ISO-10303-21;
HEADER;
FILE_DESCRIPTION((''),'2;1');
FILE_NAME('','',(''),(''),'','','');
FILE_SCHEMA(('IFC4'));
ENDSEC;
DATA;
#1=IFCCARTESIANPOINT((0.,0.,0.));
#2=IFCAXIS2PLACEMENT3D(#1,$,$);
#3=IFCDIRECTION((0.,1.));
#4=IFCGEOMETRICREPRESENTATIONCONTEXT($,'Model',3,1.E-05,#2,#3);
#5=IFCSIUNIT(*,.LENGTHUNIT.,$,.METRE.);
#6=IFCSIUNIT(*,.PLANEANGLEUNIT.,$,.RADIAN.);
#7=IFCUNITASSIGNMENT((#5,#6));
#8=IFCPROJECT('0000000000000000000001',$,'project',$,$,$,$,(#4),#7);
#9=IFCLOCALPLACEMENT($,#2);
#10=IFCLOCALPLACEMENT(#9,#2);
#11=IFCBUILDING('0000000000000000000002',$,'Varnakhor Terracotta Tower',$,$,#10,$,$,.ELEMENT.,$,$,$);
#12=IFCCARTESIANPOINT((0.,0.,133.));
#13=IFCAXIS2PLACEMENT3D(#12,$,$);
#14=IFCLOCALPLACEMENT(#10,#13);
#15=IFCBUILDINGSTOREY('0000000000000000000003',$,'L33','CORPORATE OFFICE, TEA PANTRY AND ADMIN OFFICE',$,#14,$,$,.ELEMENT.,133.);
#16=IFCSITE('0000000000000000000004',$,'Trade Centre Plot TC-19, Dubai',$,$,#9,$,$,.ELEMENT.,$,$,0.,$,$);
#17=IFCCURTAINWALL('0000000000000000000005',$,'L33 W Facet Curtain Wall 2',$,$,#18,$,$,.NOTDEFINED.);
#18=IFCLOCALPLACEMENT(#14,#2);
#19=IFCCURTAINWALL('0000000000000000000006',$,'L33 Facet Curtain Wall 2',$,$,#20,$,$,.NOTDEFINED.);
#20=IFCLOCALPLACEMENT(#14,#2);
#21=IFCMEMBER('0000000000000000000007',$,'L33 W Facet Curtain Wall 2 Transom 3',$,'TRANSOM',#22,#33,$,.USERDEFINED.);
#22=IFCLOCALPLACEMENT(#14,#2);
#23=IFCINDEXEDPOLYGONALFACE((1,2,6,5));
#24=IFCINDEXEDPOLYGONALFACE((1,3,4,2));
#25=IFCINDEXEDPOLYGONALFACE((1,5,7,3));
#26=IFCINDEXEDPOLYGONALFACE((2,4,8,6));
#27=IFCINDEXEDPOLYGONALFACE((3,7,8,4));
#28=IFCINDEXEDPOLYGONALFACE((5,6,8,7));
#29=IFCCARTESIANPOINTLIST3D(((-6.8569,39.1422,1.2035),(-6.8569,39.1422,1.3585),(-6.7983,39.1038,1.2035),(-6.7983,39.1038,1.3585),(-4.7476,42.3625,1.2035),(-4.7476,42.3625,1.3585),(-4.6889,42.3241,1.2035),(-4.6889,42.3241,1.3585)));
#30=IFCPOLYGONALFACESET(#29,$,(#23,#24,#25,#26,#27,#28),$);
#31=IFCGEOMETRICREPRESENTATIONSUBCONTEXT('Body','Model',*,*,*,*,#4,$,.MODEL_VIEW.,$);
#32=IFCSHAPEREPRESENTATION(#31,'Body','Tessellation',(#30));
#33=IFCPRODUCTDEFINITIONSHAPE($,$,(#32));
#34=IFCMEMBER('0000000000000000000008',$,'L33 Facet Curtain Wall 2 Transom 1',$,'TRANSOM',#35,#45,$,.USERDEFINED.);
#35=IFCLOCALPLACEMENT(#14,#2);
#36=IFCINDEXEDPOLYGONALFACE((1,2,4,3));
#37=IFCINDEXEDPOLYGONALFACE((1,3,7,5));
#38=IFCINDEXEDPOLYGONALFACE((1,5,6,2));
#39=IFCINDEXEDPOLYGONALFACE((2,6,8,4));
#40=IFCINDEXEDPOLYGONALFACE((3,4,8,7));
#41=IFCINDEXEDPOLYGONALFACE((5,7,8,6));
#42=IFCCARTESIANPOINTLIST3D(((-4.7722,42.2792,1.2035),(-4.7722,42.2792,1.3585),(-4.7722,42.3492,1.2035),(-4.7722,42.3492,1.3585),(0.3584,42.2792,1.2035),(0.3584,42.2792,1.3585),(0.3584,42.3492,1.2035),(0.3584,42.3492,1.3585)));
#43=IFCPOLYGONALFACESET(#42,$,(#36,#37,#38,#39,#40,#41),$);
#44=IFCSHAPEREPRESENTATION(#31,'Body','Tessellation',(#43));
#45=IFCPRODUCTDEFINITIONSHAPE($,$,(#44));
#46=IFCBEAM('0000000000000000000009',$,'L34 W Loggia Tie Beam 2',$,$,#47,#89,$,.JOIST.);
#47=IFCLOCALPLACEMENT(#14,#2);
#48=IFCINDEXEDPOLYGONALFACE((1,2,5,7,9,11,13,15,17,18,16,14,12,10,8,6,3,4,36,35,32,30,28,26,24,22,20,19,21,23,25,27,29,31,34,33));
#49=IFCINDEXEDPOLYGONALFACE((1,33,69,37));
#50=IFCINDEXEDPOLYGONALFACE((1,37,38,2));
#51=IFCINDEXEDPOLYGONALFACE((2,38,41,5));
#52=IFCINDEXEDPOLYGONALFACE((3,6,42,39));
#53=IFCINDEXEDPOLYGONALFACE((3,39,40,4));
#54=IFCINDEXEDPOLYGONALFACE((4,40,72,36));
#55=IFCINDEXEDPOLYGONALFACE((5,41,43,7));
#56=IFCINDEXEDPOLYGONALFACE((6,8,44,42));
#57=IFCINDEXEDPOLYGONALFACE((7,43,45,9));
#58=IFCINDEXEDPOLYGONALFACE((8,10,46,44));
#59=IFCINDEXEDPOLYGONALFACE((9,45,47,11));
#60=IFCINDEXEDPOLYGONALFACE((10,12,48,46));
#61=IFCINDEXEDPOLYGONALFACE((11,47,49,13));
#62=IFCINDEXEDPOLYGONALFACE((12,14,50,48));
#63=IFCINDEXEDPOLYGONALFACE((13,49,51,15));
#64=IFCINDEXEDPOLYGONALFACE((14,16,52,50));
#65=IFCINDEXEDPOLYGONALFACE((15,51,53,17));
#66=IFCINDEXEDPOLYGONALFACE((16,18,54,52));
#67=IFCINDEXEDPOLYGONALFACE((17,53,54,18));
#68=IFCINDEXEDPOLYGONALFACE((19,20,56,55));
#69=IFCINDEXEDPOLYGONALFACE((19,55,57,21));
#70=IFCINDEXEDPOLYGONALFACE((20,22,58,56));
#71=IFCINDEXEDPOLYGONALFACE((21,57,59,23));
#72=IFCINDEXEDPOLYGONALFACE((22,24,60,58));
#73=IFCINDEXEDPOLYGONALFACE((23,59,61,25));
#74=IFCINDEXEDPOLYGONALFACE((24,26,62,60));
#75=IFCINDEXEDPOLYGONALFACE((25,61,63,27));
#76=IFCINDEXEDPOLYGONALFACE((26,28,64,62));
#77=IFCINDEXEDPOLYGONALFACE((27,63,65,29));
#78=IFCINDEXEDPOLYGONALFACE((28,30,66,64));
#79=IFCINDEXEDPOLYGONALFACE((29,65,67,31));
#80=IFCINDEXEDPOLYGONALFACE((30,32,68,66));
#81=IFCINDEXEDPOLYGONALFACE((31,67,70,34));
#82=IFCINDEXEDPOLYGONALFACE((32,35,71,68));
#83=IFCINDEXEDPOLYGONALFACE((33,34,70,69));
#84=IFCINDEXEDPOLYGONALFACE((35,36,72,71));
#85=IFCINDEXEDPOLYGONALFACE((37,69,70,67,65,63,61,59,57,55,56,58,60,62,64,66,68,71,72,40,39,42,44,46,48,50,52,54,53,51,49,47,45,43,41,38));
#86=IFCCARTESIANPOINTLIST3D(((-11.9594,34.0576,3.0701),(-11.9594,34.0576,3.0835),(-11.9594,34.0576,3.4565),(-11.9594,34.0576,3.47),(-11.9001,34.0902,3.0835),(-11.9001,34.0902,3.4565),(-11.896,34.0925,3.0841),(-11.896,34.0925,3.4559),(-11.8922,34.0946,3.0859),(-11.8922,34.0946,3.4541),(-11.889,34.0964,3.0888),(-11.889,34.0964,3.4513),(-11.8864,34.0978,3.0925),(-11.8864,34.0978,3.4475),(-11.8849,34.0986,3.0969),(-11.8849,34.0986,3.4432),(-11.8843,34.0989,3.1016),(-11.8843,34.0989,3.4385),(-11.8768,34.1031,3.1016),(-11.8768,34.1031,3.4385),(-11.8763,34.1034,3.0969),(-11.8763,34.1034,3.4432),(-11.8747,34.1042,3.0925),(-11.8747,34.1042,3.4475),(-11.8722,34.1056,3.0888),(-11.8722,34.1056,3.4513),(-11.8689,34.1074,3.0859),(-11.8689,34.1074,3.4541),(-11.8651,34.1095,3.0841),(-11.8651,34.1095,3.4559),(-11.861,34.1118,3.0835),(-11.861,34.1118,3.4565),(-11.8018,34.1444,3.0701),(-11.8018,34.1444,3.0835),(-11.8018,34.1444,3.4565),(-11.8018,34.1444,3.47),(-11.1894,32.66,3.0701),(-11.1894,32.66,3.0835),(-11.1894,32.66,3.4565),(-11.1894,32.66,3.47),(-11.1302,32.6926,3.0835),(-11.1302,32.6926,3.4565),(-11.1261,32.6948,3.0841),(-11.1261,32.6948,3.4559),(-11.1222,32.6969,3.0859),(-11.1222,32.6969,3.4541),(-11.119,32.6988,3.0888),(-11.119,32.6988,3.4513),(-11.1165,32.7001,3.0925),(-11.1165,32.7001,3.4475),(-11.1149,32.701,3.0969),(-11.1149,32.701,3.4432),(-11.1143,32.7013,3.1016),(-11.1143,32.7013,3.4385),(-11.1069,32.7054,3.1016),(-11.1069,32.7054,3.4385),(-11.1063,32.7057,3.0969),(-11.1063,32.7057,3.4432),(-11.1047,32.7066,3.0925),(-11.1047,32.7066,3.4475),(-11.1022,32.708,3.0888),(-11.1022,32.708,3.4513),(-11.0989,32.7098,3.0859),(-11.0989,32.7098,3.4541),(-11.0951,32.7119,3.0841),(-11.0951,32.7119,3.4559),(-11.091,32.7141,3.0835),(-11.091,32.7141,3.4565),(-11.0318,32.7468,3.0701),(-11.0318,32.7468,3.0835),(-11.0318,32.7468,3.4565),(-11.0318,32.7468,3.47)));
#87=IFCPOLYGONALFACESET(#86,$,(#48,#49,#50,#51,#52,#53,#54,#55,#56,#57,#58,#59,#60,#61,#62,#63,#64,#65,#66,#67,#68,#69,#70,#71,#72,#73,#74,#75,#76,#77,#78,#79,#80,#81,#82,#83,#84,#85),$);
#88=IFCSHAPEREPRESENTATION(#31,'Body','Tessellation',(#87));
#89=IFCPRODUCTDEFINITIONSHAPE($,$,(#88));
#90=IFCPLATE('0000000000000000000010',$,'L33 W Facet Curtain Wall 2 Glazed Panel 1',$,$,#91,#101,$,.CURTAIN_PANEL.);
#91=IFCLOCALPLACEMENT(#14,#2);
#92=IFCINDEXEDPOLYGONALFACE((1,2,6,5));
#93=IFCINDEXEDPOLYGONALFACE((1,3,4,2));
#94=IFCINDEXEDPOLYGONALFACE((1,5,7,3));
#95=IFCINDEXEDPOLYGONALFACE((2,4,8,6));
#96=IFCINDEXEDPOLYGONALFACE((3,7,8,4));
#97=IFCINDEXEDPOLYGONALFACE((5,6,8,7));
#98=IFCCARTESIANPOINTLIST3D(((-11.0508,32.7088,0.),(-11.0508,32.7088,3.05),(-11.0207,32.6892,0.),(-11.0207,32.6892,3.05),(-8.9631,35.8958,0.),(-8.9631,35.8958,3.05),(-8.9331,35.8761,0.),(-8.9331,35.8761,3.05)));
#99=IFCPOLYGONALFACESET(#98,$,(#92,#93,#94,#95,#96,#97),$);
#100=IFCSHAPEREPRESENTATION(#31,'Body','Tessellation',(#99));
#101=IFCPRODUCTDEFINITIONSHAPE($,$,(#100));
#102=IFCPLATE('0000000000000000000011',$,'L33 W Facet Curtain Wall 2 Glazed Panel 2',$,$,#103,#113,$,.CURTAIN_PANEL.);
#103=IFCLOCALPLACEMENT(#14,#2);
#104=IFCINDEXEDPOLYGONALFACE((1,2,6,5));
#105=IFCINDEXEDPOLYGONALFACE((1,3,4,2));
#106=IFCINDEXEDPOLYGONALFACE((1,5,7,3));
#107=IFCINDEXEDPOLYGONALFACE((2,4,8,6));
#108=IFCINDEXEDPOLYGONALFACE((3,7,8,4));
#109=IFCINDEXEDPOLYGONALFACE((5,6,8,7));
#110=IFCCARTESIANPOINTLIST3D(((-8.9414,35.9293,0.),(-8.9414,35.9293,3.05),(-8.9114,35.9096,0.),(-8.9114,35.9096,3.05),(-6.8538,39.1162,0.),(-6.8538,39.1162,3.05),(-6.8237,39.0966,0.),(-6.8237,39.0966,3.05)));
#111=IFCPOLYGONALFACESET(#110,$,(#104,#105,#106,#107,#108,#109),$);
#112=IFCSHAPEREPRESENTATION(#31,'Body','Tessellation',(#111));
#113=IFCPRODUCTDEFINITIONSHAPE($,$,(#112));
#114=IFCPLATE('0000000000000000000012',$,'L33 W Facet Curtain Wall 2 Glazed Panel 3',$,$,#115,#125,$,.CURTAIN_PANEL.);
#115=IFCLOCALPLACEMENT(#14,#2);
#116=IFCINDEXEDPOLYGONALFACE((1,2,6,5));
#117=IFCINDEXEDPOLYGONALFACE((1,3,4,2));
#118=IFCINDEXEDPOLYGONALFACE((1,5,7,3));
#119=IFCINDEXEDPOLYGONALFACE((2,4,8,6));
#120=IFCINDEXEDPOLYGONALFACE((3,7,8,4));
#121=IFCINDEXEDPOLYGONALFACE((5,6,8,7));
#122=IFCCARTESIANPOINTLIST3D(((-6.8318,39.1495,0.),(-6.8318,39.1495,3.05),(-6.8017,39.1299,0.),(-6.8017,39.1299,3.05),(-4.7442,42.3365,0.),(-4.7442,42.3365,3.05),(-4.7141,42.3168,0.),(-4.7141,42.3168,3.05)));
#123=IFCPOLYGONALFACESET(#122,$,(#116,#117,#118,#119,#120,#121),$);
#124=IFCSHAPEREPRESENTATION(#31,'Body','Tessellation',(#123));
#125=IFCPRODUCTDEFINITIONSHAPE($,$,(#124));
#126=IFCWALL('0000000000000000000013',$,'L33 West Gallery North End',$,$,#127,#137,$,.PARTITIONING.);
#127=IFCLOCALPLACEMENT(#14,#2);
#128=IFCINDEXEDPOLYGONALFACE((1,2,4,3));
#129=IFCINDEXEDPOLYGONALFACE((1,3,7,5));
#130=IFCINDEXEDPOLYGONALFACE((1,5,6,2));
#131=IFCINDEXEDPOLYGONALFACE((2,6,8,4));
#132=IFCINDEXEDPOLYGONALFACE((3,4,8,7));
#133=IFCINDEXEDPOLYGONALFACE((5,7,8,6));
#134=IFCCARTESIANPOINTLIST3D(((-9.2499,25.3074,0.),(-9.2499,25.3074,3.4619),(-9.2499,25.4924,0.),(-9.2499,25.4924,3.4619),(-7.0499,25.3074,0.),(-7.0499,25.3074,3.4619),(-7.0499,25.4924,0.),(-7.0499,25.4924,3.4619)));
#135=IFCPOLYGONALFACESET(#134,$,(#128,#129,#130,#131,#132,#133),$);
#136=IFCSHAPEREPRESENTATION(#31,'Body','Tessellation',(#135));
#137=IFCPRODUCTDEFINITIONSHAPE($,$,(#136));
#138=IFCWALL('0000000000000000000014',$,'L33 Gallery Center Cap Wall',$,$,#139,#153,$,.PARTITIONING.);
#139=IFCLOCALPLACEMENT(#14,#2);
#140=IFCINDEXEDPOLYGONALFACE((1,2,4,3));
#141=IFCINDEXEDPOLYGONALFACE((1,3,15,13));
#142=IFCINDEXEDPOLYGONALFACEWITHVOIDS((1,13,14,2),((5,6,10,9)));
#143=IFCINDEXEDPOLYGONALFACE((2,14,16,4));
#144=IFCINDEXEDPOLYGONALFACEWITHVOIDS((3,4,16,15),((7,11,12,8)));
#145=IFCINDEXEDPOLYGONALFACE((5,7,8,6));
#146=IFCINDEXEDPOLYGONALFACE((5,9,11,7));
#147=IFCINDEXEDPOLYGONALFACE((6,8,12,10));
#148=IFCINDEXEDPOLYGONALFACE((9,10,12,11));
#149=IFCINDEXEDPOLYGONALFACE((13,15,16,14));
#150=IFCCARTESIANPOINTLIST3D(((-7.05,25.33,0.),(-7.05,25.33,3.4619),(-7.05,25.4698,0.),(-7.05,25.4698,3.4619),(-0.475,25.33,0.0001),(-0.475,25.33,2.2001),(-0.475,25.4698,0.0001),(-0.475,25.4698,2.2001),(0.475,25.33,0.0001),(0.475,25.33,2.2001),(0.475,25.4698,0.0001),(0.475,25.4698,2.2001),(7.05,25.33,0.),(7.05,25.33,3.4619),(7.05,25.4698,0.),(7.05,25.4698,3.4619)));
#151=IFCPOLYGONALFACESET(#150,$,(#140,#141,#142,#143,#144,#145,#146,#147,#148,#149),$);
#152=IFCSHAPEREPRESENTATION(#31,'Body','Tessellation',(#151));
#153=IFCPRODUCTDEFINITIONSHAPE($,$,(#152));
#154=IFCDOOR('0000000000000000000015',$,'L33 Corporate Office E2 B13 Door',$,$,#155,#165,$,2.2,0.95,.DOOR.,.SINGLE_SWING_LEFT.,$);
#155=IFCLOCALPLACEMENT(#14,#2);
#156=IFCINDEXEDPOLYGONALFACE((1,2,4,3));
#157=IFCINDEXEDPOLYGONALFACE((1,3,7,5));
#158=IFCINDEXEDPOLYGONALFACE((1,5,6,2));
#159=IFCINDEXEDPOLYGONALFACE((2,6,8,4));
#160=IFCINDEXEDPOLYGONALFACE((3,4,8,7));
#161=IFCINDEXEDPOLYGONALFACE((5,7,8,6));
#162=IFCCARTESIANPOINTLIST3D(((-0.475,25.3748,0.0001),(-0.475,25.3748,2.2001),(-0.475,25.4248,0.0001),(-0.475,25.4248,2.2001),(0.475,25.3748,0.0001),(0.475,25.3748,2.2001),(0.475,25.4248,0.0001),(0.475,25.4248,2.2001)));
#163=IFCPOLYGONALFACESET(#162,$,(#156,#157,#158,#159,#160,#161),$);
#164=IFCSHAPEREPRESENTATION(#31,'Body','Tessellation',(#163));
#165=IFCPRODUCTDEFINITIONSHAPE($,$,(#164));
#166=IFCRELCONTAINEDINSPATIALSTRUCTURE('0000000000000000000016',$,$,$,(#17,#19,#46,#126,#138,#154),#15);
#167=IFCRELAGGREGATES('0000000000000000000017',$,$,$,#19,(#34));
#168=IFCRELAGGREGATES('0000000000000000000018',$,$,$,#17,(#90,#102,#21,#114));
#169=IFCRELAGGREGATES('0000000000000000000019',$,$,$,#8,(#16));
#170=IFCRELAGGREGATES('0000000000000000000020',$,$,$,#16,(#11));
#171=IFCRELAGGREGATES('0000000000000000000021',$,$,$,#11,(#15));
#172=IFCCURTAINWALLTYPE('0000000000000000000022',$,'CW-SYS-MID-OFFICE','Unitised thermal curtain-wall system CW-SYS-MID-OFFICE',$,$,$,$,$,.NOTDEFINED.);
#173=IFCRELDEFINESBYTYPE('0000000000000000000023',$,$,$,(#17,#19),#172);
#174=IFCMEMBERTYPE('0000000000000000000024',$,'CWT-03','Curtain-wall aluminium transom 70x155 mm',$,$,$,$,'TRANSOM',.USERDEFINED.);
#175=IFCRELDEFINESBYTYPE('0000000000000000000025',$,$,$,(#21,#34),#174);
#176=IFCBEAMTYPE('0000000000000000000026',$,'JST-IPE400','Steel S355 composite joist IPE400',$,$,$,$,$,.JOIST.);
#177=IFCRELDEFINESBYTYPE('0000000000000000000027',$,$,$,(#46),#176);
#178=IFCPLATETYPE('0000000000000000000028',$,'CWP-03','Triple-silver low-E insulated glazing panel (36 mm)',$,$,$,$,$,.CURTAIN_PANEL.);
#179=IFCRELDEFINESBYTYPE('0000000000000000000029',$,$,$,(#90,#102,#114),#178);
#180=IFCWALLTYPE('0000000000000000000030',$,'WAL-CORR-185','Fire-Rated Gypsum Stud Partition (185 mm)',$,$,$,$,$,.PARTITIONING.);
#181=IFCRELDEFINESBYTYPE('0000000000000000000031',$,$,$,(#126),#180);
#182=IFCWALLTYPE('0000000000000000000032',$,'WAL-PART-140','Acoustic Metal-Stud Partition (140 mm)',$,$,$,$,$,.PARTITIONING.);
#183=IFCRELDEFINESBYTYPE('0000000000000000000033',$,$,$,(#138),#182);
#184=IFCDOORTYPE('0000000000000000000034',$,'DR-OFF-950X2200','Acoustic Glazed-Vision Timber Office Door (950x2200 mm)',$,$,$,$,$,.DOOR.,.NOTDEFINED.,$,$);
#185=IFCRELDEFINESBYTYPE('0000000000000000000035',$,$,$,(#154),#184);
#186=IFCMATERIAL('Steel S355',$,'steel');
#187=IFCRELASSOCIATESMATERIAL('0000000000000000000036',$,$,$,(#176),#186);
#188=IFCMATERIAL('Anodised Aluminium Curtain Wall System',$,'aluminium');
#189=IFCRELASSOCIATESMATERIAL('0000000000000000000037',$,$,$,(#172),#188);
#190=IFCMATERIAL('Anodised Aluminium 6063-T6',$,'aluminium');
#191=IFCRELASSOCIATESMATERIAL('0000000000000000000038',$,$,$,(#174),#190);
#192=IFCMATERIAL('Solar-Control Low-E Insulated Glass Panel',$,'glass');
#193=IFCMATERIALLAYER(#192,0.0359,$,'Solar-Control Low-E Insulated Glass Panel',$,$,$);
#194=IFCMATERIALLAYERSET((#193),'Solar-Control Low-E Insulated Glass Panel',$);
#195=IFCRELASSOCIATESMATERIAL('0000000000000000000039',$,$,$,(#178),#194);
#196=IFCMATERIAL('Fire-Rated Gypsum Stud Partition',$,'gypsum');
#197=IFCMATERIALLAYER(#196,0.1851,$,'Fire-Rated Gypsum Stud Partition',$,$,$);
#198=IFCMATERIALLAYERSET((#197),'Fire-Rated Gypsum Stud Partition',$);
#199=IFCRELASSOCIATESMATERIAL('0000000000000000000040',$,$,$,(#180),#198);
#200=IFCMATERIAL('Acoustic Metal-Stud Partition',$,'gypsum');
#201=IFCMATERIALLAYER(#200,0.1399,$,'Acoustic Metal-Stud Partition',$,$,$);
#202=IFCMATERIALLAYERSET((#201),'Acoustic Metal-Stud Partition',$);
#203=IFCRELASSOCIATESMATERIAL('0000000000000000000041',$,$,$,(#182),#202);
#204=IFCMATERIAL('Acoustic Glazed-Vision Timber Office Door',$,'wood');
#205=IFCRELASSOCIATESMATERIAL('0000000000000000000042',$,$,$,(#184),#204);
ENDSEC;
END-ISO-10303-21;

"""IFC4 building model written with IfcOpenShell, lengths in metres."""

from ifc_helpers import new_model, si_unit, direction, frame, frame_2d, origin, origin_2d, place, context, subcontext, project, spatial, rectangle, i_section, extrude, source, transform, mapped, material, layer, layer_set, material_profile, profile_set, type_object, type_shapes, element, fill, aggregate, save


model = new_model("IFC4")

# Units and contexts
model_context = context("Model", 3, precision=1e-05, world=origin(), true_north=direction((0.0, 1.0)))
body_context = subcontext(model_context, "Body", "Model", "MODEL_VIEW")
ifc_project = project(units=[si_unit("LENGTHUNIT", "METRE"), si_unit("PLANEANGLEUNIT", "RADIAN")], contexts=[model_context])

# Site, building, storey
site_placement = place(None, origin())
site = spatial("IfcSite", under=ifc_project, at=site_placement, Name="Trade Centre Plot TC-19, Dubai", CompositionType="ELEMENT", RefElevation=0.0)
building_placement = place(site_placement, origin())
building = spatial("IfcBuilding", under=site, at=building_placement, Name="Varnakhor Terracotta Tower", CompositionType="ELEMENT")
storey_placement = place(building_placement, frame((0.0, 0.0, 133.0)))
storey = spatial("IfcBuildingStorey", under=building, at=storey_placement, Name="L33", Description="CORPORATE OFFICE, TEA PANTRY AND ADMIN OFFICE", CompositionType="ELEMENT", Elevation=133.0)

# Shared definitions
ifc_material_1 = material(Name="Steel S355", Category="steel")
ifc_material_profile_1 = material_profile(ifc_material_1, i_section(OverallWidth=0.1799, OverallDepth=0.3999, WebThickness=0.0085, FlangeThickness=0.0134, FilletRadius=0.0181, at=origin_2d()), Name="IPE400")
ifc_profile_set_1 = profile_set([ifc_material_profile_1], Name="Steel S355")
beam_type_1 = type_object("IfcBeamType", Name="JST-IPE400", Description="Steel S355 composite joist IPE400", PredefinedType="JOIST", material=ifc_profile_set_1)

# Curtain wall
ifc_material_2 = material(Name="Anodised Aluminium Curtain Wall System", Category="aluminium")
curtain_wall_type = type_object("IfcCurtainWallType", Name="CW-SYS-MID-OFFICE", Description="Unitised thermal curtain-wall system CW-SYS-MID-OFFICE", PredefinedType="NOTDEFINED", material=ifc_material_2)
curtain_wall_1_placement = place(storey_placement, origin())
curtain_wall_1 = element("IfcCurtainWall", 1, at=curtain_wall_1_placement, inside=storey, type_object=curtain_wall_type, Name="L33 W Facet Curtain Wall 2", PredefinedType="NOTDEFINED")
ifc_material_3 = material(Name="Anodised Aluminium 6063-T6", Category="aluminium")

# Curtain wall
curtain_wall_2_placement = place(storey_placement, origin())
curtain_wall_2 = element("IfcCurtainWall", 2, at=curtain_wall_2_placement, inside=storey, type_object=curtain_wall_type, Name="L33 Facet Curtain Wall 2", PredefinedType="NOTDEFINED")

# Members
ifc_material_profile_2 = material_profile(ifc_material_3, rectangle(XDim=0.0701, YDim=0.155, at=origin_2d()), Name="ALU TRANSOM 70x155")
ifc_profile_set_2 = profile_set([ifc_material_profile_2], Name="Anodised Aluminium 6063-T6")
member_type_1 = type_object("IfcMemberType", Name="CWT-03", Description="Curtain-wall aluminium transom 70x155 mm", ElementType="TRANSOM", PredefinedType="USERDEFINED", material=ifc_profile_set_2)
shared_shape_1 = source(origin(), body_context, "Body", "SweptSolid", [
    extrude(rectangle(XDim=0.0701, YDim=0.155, at=origin_2d()), origin(), (0.0, 0.0, 1.0), 3.8496),
])
member_1_placement = place(storey_placement, frame((-6.8276, 39.123, 1.281), z_axis=(0.54795, 0.836511, 0.0), x_axis=(-0.836511, 0.54795, 0.0)))
member_1 = element("IfcMember", 3, at=member_1_placement, type_object=member_type_1, Name="L33 W Facet Curtain Wall 2 Transom 3", ObjectType="TRANSOM", PredefinedType="USERDEFINED", context=body_context, shape_type="MappedRepresentation", body=[
    mapped(shared_shape_1, transform((0.0, 0.0, 0.0), scale=1.0)),
])
shared_shape_2 = source(origin(), body_context, "Body", "SweptSolid", [
    extrude(rectangle(XDim=0.0701, YDim=0.155, at=origin_2d()), origin(), (0.0, 0.0, 1.0), 5.1306),
])
member_2_placement = place(storey_placement, frame((-4.7722, 42.3142, 1.281), z_axis=(1.0, 0.0, 0.0), x_axis=(0.0, 1.0, 0.0)))
member_2 = element("IfcMember", 4, at=member_2_placement, type_object=member_type_1, Name="L33 Facet Curtain Wall 2 Transom 1", ObjectType="TRANSOM", PredefinedType="USERDEFINED", context=body_context, shape_type="MappedRepresentation", body=[
    mapped(shared_shape_2, transform((0.0, 0.0, 0.0), scale=1.0)),
])
aggregate(curtain_wall_2, [member_2])

# Beam
shared_shape_3 = source(origin(), body_context, "Body", "SweptSolid", [
    extrude(i_section(OverallWidth=0.1799, OverallDepth=0.3999, WebThickness=0.0085, FlangeThickness=0.0134, FilletRadius=0.0181, at=origin_2d()), origin(), (0.0, 0.0, 1.0), 1.5957),
])
beam_1_placement = place(storey_placement, frame((-11.1106, 32.7034, 3.27), z_axis=(-0.482535, 0.875877, 0.0), x_axis=(-0.875877, -0.482535, 0.0)))
element("IfcBeam", 5, at=beam_1_placement, inside=storey, type_object=beam_type_1, Name="L34 W Loggia Tie Beam 2", PredefinedType="JOIST", context=body_context, shape_type="MappedRepresentation", body=[
    mapped(shared_shape_3, transform((0.0, 0.0, 0.0), scale=1.0)),
])

# Plates
ifc_material_4 = material(Name="Solar-Control Low-E Insulated Glass Panel", Category="glass")
ifc_layer_1 = layer(ifc_material_4, 0.0359, Name="Solar-Control Low-E Insulated Glass Panel")
ifc_layer_set_1 = layer_set([ifc_layer_1], Name="Solar-Control Low-E Insulated Glass Panel")
plate_type = type_object("IfcPlateType", Name="CWP-03", Description="Triple-silver low-E insulated glazing panel (36 mm)", PredefinedType="CURTAIN_PANEL", material=ifc_layer_set_1)
shared_shape_4 = source(origin(), body_context, "Body", "SweptSolid", [
    extrude(rectangle(XDim=3.8098, YDim=0.0359, at=origin_2d()), origin(), (0.0, 0.0, 1.0), 3.05),
])
plate_1_placement = place(storey_placement, frame((-9.9919, 34.2925, 0.0), z_axis=(0.0, 0.0, 1.0), x_axis=(0.547957, 0.836506, 0.0)))
plate_1 = element("IfcPlate", 6, at=plate_1_placement, type_object=plate_type, Name="L33 W Facet Curtain Wall 2 Glazed Panel 1", PredefinedType="CURTAIN_PANEL", context=body_context, shape_type="MappedRepresentation", body=[
    mapped(shared_shape_4, transform((0.0, 0.0, 0.0), scale=1.0)),
])
plate_2_placement = place(storey_placement, frame((-7.8826, 37.5129, 0.0), z_axis=(0.0, 0.0, 1.0), x_axis=(0.547957, 0.836506, 0.0)))
plate_2 = element("IfcPlate", 7, at=plate_2_placement, type_object=plate_type, Name="L33 W Facet Curtain Wall 2 Glazed Panel 2", PredefinedType="CURTAIN_PANEL", context=body_context, shape_type="MappedRepresentation", body=[
    mapped(shared_shape_4, transform((0.0, 0.0, 0.0), scale=1.0)),
])
plate_3_placement = place(storey_placement, frame((-5.7729, 40.7332, 0.0), z_axis=(0.0, 0.0, 1.0), x_axis=(0.547957, 0.836506, 0.0)))
plate_3 = element("IfcPlate", 8, at=plate_3_placement, type_object=plate_type, Name="L33 W Facet Curtain Wall 2 Glazed Panel 3", PredefinedType="CURTAIN_PANEL", context=body_context, shape_type="MappedRepresentation", body=[
    mapped(shared_shape_4, transform((0.0, 0.0, 0.0), scale=1.0)),
])
aggregate(curtain_wall_1, [plate_1, plate_2, member_1, plate_3])

# Wall
ifc_material_5 = material(Name="Fire-Rated Gypsum Stud Partition", Category="gypsum")
ifc_layer_2 = layer(ifc_material_5, 0.1851, Name="Fire-Rated Gypsum Stud Partition")
ifc_layer_set_2 = layer_set([ifc_layer_2], Name="Fire-Rated Gypsum Stud Partition")
wall_type_1 = type_object("IfcWallType", Name="WAL-CORR-185", Description="Fire-Rated Gypsum Stud Partition (185 mm)", PredefinedType="PARTITIONING", material=ifc_layer_set_2)
wall_1_placement = place(storey_placement, frame((-9.25, 25.3999, 0.0), z_axis=(0.0, 0.0, 1.0), x_axis=(1.0, 0.0, 0.0)))
element("IfcWall", 9, at=wall_1_placement, inside=storey, type_object=wall_type_1, Name="L33 West Gallery North End", PredefinedType="PARTITIONING", context=body_context, shape_type="SweptSolid", body=[
    extrude(rectangle(XDim=2.2, YDim=0.1851, at=frame_2d((1.1001, 0.0))), origin(), (0.0, 0.0, 1.0), 3.4619),
])

# Wall, opening, door
ifc_material_6 = material(Name="Acoustic Metal-Stud Partition", Category="gypsum")
ifc_layer_3 = layer(ifc_material_6, 0.1399, Name="Acoustic Metal-Stud Partition")
ifc_layer_set_3 = layer_set([ifc_layer_3], Name="Acoustic Metal-Stud Partition")
wall_type_2 = type_object("IfcWallType", Name="WAL-PART-140", Description="Acoustic Metal-Stud Partition (140 mm)", PredefinedType="PARTITIONING", material=ifc_layer_set_3)
wall_2_placement = place(storey_placement, frame((-7.05, 25.3999, 0.0), z_axis=(0.0, 0.0, 1.0), x_axis=(1.0, 0.0, 0.0)))
wall_2 = element("IfcWall", 10, at=wall_2_placement, inside=storey, type_object=wall_type_2, Name="L33 Gallery Center Cap Wall", PredefinedType="PARTITIONING", context=body_context, shape_type="SweptSolid", body=[
    extrude(rectangle(XDim=14.1001, YDim=0.1399, at=frame_2d((7.05, 0.0))), origin(), (0.0, 0.0, 1.0), 3.4619),
])
opening_1_placement = place(wall_2_placement, frame((6.575, 0.0, 0.0)))
opening_1 = element("IfcOpeningElement", 11, at=opening_1_placement, cuts=wall_2, PredefinedType="OPENING", context=body_context, shape_type="SweptSolid", body=[
    extrude(rectangle(XDim=0.95, YDim=2.2, at=frame_2d((0.4751, 1.1001))), frame((0.0, 0.0801, 0.0), z_axis=(0.0, -1.0, 0.0), x_axis=(1.0, 0.0, 0.0)), (0.0, 0.0, 1.0), 0.1599),
])
ifc_material_7 = material(Name="Acoustic Glazed-Vision Timber Office Door", Category="wood")
door_type = type_object("IfcDoorType", Name="DR-OFF-950X2200", Description="Acoustic Glazed-Vision Timber Office Door (950x2200 mm)", OperationType="NOTDEFINED", PredefinedType="DOOR", material=ifc_material_7)
shared_shape_5 = source(origin(), body_context, "Body", "SweptSolid", [
    extrude(rectangle(XDim=0.95, YDim=2.2, at=frame_2d((0.4751, 1.1001))), frame((0.0, 0.0249, 0.0), z_axis=(0.0, -1.0, 0.0), x_axis=(1.0, 0.0, 0.0)), (0.0, 0.0, 1.0), 0.05),
])
type_shapes(door_type, [shared_shape_5])
door_1_placement = place(opening_1_placement, origin())
door_1 = element("IfcDoor", 12, at=door_1_placement, inside=storey, type_object=door_type, Name="L33 Corporate Office E2 B13 Door", OperationType="SINGLE_SWING_LEFT", OverallHeight=2.2, OverallWidth=0.95, PredefinedType="DOOR", context=body_context, shape_type="MappedRepresentation", body=[
    mapped(shared_shape_5, transform((0.0, 0.0, 0.0), scale=1.0)),
])
fill(opening_1, door_1)

save(model, "model.ifc")
